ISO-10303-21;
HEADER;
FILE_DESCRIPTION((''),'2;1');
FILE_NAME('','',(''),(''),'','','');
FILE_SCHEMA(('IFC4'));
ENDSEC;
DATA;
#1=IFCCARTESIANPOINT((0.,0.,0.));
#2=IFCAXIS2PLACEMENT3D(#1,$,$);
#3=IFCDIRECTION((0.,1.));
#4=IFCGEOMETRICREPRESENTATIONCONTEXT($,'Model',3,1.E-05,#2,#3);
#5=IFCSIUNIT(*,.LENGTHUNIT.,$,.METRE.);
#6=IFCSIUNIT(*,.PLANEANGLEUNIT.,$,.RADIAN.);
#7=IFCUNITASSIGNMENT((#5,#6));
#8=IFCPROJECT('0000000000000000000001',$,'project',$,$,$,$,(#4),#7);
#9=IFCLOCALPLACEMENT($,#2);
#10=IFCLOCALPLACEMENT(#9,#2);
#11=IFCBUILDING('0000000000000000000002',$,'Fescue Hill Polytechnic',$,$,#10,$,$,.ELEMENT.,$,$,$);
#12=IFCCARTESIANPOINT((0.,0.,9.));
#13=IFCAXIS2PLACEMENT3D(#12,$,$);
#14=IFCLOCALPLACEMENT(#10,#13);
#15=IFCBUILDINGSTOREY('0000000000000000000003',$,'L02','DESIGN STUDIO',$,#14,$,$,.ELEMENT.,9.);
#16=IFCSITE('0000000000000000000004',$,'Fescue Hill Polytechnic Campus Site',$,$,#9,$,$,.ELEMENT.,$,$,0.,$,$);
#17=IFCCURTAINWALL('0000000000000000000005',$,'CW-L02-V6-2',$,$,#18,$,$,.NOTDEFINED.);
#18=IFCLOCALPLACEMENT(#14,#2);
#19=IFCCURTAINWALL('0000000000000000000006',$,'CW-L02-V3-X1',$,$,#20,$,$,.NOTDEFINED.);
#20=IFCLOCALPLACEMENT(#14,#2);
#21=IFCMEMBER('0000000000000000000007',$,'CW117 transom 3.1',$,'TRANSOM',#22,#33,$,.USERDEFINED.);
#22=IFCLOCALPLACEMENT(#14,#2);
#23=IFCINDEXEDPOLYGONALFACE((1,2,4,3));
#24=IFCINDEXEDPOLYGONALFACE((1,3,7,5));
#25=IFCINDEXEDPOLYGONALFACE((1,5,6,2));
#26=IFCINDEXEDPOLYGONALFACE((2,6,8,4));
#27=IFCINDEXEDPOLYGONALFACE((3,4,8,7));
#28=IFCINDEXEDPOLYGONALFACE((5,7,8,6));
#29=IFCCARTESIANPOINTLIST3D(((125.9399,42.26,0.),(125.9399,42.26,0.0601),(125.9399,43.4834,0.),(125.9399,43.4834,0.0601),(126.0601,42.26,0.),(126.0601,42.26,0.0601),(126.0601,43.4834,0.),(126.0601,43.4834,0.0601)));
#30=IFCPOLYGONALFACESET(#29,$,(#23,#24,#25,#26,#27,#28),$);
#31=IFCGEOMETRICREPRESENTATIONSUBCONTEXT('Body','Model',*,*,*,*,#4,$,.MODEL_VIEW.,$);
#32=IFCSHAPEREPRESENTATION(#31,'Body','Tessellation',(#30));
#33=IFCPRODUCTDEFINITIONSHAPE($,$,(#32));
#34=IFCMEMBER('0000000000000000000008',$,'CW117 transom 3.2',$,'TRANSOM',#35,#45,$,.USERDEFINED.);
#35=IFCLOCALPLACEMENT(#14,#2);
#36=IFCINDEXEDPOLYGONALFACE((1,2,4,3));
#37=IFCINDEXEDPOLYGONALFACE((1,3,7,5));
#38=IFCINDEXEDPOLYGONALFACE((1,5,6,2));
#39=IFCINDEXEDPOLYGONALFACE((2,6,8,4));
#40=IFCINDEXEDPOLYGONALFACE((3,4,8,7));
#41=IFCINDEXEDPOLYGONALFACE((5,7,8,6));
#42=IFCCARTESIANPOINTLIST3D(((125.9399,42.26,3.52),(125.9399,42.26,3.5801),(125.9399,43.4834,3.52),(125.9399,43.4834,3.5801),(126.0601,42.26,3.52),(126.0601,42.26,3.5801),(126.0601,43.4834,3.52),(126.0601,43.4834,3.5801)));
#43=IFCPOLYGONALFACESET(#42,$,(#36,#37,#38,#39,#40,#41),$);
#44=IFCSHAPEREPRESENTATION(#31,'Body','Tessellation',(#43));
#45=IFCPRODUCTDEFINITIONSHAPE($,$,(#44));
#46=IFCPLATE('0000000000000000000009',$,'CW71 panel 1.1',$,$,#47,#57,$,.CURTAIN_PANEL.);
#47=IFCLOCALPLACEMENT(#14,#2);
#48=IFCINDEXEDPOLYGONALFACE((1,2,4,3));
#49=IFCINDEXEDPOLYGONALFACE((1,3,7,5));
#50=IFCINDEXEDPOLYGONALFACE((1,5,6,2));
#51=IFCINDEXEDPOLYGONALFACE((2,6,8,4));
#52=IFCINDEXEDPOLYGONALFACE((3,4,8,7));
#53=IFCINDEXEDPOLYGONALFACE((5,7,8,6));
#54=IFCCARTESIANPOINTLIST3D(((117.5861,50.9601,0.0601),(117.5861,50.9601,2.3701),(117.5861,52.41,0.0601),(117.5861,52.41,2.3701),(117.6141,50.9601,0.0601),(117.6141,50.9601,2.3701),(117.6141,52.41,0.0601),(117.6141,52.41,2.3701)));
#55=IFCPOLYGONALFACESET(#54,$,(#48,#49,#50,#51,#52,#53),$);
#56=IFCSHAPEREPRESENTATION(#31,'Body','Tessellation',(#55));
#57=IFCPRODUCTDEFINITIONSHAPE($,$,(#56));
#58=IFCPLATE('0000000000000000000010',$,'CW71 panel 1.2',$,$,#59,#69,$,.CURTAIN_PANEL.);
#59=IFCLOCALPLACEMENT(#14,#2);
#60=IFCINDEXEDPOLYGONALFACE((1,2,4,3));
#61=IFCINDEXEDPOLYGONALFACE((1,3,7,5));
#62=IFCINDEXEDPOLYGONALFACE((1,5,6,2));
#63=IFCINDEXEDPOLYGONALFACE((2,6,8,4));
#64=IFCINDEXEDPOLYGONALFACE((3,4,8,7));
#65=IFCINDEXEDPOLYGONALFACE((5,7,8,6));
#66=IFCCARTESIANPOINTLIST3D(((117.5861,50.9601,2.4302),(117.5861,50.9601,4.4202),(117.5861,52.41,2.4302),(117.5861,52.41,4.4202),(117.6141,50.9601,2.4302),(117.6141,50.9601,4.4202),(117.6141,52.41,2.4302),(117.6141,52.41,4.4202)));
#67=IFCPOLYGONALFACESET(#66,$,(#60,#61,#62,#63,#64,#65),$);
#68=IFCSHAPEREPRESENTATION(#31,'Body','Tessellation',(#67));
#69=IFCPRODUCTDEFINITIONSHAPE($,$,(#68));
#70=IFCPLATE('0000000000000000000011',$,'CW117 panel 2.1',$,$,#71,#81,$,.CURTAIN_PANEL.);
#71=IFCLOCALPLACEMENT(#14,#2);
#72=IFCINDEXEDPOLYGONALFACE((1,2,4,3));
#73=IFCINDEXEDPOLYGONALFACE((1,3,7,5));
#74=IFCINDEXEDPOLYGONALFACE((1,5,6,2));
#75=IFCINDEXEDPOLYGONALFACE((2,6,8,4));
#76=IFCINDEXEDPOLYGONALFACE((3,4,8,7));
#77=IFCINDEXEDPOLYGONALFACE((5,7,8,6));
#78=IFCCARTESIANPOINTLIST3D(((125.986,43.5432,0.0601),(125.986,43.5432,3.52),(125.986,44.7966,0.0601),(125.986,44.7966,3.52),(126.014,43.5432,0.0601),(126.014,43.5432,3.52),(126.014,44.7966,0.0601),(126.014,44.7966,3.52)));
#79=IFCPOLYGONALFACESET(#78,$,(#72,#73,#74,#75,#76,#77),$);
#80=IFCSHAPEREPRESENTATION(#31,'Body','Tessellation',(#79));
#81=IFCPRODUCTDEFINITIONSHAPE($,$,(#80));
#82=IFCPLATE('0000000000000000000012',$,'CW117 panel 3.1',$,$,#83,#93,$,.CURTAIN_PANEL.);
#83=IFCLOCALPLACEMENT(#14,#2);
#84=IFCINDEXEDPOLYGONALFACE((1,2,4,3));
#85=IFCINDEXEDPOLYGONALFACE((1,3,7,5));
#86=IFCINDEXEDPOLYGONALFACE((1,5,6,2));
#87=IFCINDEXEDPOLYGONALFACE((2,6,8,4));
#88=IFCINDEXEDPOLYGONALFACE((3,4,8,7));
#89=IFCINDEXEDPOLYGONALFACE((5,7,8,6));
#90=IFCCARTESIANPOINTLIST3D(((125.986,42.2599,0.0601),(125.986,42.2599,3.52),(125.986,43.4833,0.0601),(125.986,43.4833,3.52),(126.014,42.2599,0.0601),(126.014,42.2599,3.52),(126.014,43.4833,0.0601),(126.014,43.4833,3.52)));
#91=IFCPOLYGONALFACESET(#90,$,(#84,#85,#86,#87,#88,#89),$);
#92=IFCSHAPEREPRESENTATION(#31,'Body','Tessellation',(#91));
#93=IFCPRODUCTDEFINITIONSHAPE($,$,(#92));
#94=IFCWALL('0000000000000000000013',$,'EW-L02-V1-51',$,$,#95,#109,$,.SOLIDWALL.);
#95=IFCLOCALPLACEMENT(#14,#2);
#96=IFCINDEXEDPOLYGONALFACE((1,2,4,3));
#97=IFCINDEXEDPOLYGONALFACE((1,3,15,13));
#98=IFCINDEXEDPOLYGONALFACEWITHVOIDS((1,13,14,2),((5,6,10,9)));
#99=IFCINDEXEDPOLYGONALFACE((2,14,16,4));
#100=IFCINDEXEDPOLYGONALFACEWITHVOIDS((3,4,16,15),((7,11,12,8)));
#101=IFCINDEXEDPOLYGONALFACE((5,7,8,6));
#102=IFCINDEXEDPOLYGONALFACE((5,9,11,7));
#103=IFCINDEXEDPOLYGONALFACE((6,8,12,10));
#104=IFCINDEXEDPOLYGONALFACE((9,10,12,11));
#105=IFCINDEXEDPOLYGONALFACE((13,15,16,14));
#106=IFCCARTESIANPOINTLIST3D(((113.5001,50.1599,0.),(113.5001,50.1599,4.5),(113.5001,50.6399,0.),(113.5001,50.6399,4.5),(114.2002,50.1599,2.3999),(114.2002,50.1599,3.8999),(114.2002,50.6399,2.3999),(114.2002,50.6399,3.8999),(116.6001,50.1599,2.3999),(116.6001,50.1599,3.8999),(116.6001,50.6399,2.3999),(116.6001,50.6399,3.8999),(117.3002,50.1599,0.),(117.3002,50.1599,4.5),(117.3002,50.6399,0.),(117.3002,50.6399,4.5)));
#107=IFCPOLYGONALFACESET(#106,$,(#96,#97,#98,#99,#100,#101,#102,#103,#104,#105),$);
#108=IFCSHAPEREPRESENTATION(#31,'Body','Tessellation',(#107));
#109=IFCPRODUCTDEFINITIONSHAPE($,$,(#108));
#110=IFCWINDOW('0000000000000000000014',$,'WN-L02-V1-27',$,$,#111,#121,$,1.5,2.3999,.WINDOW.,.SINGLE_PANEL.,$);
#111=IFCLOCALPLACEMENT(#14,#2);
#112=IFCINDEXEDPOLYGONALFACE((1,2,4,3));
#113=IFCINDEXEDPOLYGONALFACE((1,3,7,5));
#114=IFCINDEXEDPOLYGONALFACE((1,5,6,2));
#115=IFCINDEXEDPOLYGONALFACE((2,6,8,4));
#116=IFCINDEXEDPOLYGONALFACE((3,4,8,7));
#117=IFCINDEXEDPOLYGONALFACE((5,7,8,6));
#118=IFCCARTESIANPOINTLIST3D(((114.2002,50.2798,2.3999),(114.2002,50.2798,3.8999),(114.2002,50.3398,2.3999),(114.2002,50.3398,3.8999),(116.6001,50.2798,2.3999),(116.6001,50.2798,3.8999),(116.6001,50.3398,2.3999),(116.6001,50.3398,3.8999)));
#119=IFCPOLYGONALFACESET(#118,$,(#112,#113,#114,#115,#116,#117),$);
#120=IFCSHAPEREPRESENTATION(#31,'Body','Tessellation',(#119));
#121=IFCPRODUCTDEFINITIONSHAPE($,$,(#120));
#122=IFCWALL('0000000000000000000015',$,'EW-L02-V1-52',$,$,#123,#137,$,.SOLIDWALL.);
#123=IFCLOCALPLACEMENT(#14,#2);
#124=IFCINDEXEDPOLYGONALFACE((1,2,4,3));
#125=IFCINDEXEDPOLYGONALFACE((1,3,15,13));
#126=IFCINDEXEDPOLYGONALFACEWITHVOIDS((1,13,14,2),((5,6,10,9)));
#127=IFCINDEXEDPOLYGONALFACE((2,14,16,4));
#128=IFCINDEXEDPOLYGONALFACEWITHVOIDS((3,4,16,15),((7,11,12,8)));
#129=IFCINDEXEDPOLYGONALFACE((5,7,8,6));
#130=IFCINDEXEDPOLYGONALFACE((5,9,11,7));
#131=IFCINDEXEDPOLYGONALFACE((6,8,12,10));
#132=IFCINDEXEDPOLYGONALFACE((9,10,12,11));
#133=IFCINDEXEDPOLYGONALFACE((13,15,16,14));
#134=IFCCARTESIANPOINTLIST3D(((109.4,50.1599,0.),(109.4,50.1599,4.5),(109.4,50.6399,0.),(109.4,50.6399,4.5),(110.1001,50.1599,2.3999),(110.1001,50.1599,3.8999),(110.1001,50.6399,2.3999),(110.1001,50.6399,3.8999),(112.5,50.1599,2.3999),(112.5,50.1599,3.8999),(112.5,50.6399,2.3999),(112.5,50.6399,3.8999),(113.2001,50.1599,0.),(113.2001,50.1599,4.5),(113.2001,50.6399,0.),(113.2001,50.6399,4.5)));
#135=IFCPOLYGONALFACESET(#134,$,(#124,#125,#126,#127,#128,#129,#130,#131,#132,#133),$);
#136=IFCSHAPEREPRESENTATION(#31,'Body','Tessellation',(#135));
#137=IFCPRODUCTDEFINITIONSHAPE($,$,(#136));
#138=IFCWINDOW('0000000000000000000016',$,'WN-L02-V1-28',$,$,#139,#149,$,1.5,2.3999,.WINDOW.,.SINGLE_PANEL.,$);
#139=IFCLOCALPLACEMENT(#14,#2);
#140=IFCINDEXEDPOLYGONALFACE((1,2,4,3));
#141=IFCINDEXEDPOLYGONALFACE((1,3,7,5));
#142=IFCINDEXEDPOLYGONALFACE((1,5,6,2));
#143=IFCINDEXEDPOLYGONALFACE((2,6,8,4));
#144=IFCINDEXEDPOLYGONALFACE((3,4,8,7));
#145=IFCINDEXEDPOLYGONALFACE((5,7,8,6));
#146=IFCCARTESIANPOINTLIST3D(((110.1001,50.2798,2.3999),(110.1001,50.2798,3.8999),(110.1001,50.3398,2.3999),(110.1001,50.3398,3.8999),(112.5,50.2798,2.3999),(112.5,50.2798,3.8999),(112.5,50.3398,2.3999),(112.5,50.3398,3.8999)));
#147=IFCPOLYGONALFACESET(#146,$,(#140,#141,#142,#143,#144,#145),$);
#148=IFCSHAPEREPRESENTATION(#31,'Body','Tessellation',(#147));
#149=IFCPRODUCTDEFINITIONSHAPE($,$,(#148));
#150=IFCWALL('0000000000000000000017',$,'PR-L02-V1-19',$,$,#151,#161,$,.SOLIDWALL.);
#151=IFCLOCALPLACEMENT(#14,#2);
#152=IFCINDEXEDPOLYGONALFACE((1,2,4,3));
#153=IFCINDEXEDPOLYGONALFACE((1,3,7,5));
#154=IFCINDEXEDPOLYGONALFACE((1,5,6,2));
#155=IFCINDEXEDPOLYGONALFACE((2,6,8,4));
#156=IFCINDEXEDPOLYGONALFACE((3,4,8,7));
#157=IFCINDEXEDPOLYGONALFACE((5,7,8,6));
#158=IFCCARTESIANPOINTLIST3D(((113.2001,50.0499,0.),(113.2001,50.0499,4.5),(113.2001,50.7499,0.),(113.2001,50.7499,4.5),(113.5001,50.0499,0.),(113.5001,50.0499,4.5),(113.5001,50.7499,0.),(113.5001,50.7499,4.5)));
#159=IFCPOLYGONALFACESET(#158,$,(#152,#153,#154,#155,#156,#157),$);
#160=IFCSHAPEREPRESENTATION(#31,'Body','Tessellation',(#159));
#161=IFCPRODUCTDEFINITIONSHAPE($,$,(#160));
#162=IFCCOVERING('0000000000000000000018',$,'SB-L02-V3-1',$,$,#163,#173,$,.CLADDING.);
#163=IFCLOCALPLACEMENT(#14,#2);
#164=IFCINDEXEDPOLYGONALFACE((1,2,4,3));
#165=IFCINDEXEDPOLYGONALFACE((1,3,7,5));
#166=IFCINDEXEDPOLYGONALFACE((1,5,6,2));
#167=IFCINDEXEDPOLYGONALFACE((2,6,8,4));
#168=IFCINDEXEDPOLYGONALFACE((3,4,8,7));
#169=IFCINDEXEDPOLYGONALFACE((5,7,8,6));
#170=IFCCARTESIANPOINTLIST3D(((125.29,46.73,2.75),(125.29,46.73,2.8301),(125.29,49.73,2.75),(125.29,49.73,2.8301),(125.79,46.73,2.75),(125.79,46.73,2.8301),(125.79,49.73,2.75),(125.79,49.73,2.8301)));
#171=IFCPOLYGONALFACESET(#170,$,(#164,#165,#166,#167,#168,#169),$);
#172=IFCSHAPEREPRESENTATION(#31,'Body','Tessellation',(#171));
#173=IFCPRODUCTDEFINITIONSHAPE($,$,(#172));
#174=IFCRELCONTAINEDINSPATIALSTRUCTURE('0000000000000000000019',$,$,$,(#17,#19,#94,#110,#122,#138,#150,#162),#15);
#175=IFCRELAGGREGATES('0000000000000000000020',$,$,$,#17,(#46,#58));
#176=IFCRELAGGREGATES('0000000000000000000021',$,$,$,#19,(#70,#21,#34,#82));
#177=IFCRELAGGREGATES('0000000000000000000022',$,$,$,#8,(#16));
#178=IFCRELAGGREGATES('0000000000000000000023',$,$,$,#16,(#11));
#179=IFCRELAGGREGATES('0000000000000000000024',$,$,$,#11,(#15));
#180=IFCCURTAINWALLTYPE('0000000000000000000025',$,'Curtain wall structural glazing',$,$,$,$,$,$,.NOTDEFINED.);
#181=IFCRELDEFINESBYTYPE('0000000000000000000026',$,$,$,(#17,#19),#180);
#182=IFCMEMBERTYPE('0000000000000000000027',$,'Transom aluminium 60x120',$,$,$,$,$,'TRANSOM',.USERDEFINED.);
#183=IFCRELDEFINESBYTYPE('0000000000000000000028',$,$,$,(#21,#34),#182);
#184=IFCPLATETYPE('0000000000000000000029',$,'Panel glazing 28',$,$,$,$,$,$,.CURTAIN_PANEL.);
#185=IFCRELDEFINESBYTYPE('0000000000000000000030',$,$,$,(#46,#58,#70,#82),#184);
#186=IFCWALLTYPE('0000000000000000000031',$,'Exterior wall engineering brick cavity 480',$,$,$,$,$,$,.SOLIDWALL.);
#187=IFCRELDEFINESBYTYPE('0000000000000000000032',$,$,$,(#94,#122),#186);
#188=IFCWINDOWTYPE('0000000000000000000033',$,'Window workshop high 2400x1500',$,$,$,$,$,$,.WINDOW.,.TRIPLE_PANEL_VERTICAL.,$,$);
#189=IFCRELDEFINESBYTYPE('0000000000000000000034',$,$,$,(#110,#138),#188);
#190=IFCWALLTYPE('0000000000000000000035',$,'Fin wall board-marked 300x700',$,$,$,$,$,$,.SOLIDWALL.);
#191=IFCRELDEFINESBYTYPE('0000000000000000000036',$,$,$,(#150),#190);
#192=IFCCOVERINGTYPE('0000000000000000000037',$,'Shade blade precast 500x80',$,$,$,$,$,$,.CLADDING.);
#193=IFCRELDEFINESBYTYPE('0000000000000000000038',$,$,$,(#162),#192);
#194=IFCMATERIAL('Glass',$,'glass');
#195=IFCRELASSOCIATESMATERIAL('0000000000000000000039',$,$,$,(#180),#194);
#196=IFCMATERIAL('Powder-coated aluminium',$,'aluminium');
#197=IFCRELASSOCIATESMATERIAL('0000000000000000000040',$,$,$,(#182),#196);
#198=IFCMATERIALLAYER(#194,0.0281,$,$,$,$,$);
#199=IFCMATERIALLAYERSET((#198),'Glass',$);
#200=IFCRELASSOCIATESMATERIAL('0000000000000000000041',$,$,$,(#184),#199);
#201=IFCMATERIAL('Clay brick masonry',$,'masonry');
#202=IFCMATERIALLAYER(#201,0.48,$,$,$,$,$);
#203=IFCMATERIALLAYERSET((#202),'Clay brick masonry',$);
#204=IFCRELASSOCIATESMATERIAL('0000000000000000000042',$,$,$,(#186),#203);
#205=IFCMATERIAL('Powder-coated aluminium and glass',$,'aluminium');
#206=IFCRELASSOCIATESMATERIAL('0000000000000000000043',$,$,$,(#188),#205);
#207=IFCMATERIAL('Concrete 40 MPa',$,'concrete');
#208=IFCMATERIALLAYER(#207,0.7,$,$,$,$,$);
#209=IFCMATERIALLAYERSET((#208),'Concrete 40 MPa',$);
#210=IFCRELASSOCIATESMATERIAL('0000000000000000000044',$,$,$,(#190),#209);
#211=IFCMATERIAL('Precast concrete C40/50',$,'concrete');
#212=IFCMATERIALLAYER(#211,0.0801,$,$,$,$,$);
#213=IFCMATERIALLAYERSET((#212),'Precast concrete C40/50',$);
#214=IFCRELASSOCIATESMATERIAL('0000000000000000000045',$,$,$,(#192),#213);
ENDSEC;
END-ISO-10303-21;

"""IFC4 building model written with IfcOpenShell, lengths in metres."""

from ifc_helpers import new_model, si_unit, direction, frame, frame_2d, origin, origin_2d, place, context, subcontext, project, spatial, rectangle, extrude, material, layer, layer_set, material_profile, profile_set, type_object, element, fill, aggregate, save


model = new_model("IFC4")

# Units and contexts
model_context = context("Model", 3, precision=1e-05, world=origin(), true_north=direction((0.0, 1.0)))
body_context = subcontext(model_context, "Body", "Model", "MODEL_VIEW")
ifc_project = project(units=[si_unit("LENGTHUNIT", "METRE"), si_unit("PLANEANGLEUNIT", "RADIAN")], contexts=[model_context])

# Site, building, storey
site_placement = place(None, origin())
site = spatial("IfcSite", under=ifc_project, at=site_placement, Name="Fescue Hill Polytechnic Campus Site", CompositionType="ELEMENT", RefElevation=0.0)
building_placement = place(site_placement, origin())
building = spatial("IfcBuilding", under=site, at=building_placement, Name="Fescue Hill Polytechnic", CompositionType="ELEMENT")
storey_placement = place(building_placement, frame((0.0, 0.0, 9.0)))
storey = spatial("IfcBuildingStorey", under=building, at=storey_placement, Name="L02", Description="DESIGN STUDIO", CompositionType="ELEMENT", Elevation=9.0)

# Shared definitions
ifc_material_1 = material(Name="Concrete 40 MPa", Category="concrete")

# Curtain wall
ifc_material_2 = material(Name="Glass", Category="glass")
curtain_wall_type = type_object("IfcCurtainWallType", Name="Curtain wall structural glazing", PredefinedType="NOTDEFINED", material=ifc_material_2)
curtain_wall_1_placement = place(storey_placement, origin())
curtain_wall_1 = element("IfcCurtainWall", 1, at=curtain_wall_1_placement, inside=storey, type_object=curtain_wall_type, Name="CW-L02-V6-2", PredefinedType="NOTDEFINED")
ifc_material_3 = material(Name="Powder-coated aluminium", Category="aluminium")

# Curtain wall
curtain_wall_2_placement = place(storey_placement, origin())
curtain_wall_2 = element("IfcCurtainWall", 2, at=curtain_wall_2_placement, inside=storey, type_object=curtain_wall_type, Name="CW-L02-V3-X1", PredefinedType="NOTDEFINED")

# Members
ifc_material_profile_1 = material_profile(ifc_material_3, rectangle(XDim=0.1201, YDim=0.0601, at=origin_2d()), Name="Transom aluminium 60x120")
ifc_profile_set_1 = profile_set([ifc_material_profile_1], Name="Powder-coated aluminium")
member_type_1 = type_object("IfcMemberType", Name="Transom aluminium 60x120", ElementType="TRANSOM", PredefinedType="USERDEFINED", material=ifc_profile_set_1)
member_1_placement = place(storey_placement, frame((126.0, 43.4834, 0.03), z_axis=(0.0, -1.0, 0.0), x_axis=(1.0, 0.0, 0.0)))
member_1 = element("IfcMember", 3, at=member_1_placement, type_object=member_type_1, Name="CW117 transom 3.1", ObjectType="TRANSOM", PredefinedType="USERDEFINED", context=body_context, shape_type="SweptSolid", body=[
    extrude(rectangle(XDim=0.1201, YDim=0.0601, at=origin_2d()), origin(), (0.0, 0.0, 1.0), 1.2234),
])
member_2_placement = place(storey_placement, frame((126.0, 43.4834, 3.55), z_axis=(0.0, -1.0, 0.0), x_axis=(1.0, 0.0, 0.0)))
member_2 = element("IfcMember", 4, at=member_2_placement, type_object=member_type_1, Name="CW117 transom 3.2", ObjectType="TRANSOM", PredefinedType="USERDEFINED", context=body_context, shape_type="SweptSolid", body=[
    extrude(rectangle(XDim=0.1201, YDim=0.0601, at=origin_2d()), origin(), (0.0, 0.0, 1.0), 1.2234),
])

# Plates
ifc_layer_1 = layer(ifc_material_2, 0.0281)
ifc_layer_set_1 = layer_set([ifc_layer_1], Name="Glass")
plate_type = type_object("IfcPlateType", Name="Panel glazing 28", PredefinedType="CURTAIN_PANEL", material=ifc_layer_set_1)
plate_1_placement = place(storey_placement, frame((117.6001, 51.6851, 0.0601), z_axis=(0.0, 0.0, 1.0), x_axis=(0.0, 1.0, 0.0)))
plate_1 = element("IfcPlate", 5, at=plate_1_placement, type_object=plate_type, Name="CW71 panel 1.1", PredefinedType="CURTAIN_PANEL", context=body_context, shape_type="SweptSolid", body=[
    extrude(rectangle(XDim=1.45, YDim=0.0281, at=origin_2d()), origin(), (0.0, 0.0, 1.0), 2.3101),
])
plate_2_placement = place(storey_placement, frame((117.6001, 51.6851, 2.4302), z_axis=(0.0, 0.0, 1.0), x_axis=(0.0, 1.0, 0.0)))
plate_2 = element("IfcPlate", 6, at=plate_2_placement, type_object=plate_type, Name="CW71 panel 1.2", PredefinedType="CURTAIN_PANEL", context=body_context, shape_type="SweptSolid", body=[
    extrude(rectangle(XDim=1.45, YDim=0.0281, at=origin_2d()), origin(), (0.0, 0.0, 1.0), 1.99),
])
aggregate(curtain_wall_1, [plate_1, plate_2])
plate_3_placement = place(storey_placement, frame((126.0, 44.1699, 0.0601), z_axis=(0.0, 0.0, 1.0), x_axis=(0.0, -1.0, 0.0)))
plate_3 = element("IfcPlate", 7, at=plate_3_placement, type_object=plate_type, Name="CW117 panel 2.1", PredefinedType="CURTAIN_PANEL", context=body_context, shape_type="SweptSolid", body=[
    extrude(rectangle(XDim=1.2534, YDim=0.0281, at=origin_2d()), origin(), (0.0, 0.0, 1.0), 3.46),
])
plate_4_placement = place(storey_placement, frame((126.0, 42.8716, 0.0601), z_axis=(0.0, 0.0, 1.0), x_axis=(0.0, -1.0, 0.0)))
plate_4 = element("IfcPlate", 8, at=plate_4_placement, type_object=plate_type, Name="CW117 panel 3.1", PredefinedType="CURTAIN_PANEL", context=body_context, shape_type="SweptSolid", body=[
    extrude(rectangle(XDim=1.2234, YDim=0.0281, at=origin_2d()), origin(), (0.0, 0.0, 1.0), 3.46),
])
aggregate(curtain_wall_2, [plate_3, member_1, member_2, plate_4])

# Walls, openings, windows
ifc_material_4 = material(Name="Clay brick masonry", Category="masonry")
ifc_layer_2 = layer(ifc_material_4, 0.48)
ifc_layer_set_2 = layer_set([ifc_layer_2], Name="Clay brick masonry")
wall_type_1 = type_object("IfcWallType", Name="Exterior wall engineering brick cavity 480", PredefinedType="SOLIDWALL", material=ifc_layer_set_2)
wall_1_placement = place(storey_placement, frame((117.3, 50.3999, 0.0), z_axis=(0.0, 0.0, 1.0), x_axis=(-1.0, 0.0, 0.0)))
wall_1 = element("IfcWall", 9, at=wall_1_placement, inside=storey, type_object=wall_type_1, Name="EW-L02-V1-51", PredefinedType="SOLIDWALL", context=body_context, shape_type="SweptSolid", body=[
    extrude(rectangle(XDim=3.8, YDim=0.48, at=frame_2d((1.8999, 0.0))), origin(), (0.0, 0.0, 1.0), 4.5),
])
opening_1_placement = place(wall_1_placement, frame((0.7, 0.0, 2.3999)))
opening_1 = element("IfcOpeningElement", 10, at=opening_1_placement, cuts=wall_1, PredefinedType="OPENING", context=body_context, shape_type="SweptSolid", body=[
    extrude(rectangle(XDim=2.3999, YDim=1.5, at=frame_2d((1.2, 0.75))), frame((0.0, 0.25, 0.0), z_axis=(0.0, -1.0, 0.0), x_axis=(1.0, 0.0, 0.0)), (0.0, 0.0, 1.0), 0.5),
])
ifc_material_5 = material(Name="Powder-coated aluminium and glass", Category="aluminium")
window_type = type_object("IfcWindowType", Name="Window workshop high 2400x1500", PartitioningType="TRIPLE_PANEL_VERTICAL", PredefinedType="WINDOW", material=ifc_material_5)
window_1_placement = place(opening_1_placement, origin())
window_1 = element("IfcWindow", 11, at=window_1_placement, inside=storey, type_object=window_type, Name="WN-L02-V1-27", OverallHeight=1.5, OverallWidth=2.3999, PartitioningType="SINGLE_PANEL", PredefinedType="WINDOW", context=body_context, shape_type="SweptSolid", body=[
    extrude(rectangle(XDim=2.3999, YDim=1.5, at=frame_2d((1.2, 0.75))), frame((0.0, 0.1201, 0.0), z_axis=(0.0, -1.0, 0.0), x_axis=(1.0, 0.0, 0.0)), (0.0, 0.0, 1.0), 0.0601),
])
fill(opening_1, window_1)
wall_2_placement = place(storey_placement, frame((113.2, 50.3999, 0.0), z_axis=(0.0, 0.0, 1.0), x_axis=(-1.0, 0.0, 0.0)))
wall_2 = element("IfcWall", 12, at=wall_2_placement, inside=storey, type_object=wall_type_1, Name="EW-L02-V1-52", PredefinedType="SOLIDWALL", context=body_context, shape_type="SweptSolid", body=[
    extrude(rectangle(XDim=3.8, YDim=0.48, at=frame_2d((1.8999, 0.0))), origin(), (0.0, 0.0, 1.0), 4.5),
])
opening_2_placement = place(wall_2_placement, frame((0.7, 0.0, 2.3999)))
opening_2 = element("IfcOpeningElement", 13, at=opening_2_placement, cuts=wall_2, PredefinedType="OPENING", context=body_context, shape_type="SweptSolid", body=[
    extrude(rectangle(XDim=2.3999, YDim=1.5, at=frame_2d((1.2, 0.75))), frame((0.0, 0.25, 0.0), z_axis=(0.0, -1.0, 0.0), x_axis=(1.0, 0.0, 0.0)), (0.0, 0.0, 1.0), 0.5),
])
window_2_placement = place(opening_2_placement, origin())
window_2 = element("IfcWindow", 14, at=window_2_placement, inside=storey, type_object=window_type, Name="WN-L02-V1-28", OverallHeight=1.5, OverallWidth=2.3999, PartitioningType="SINGLE_PANEL", PredefinedType="WINDOW", context=body_context, shape_type="SweptSolid", body=[
    extrude(rectangle(XDim=2.3999, YDim=1.5, at=frame_2d((1.2, 0.75))), frame((0.0, 0.1201, 0.0), z_axis=(0.0, -1.0, 0.0), x_axis=(1.0, 0.0, 0.0)), (0.0, 0.0, 1.0), 0.0601),
])
fill(opening_2, window_2)

# Wall
ifc_layer_3 = layer(ifc_material_1, 0.7)
ifc_layer_set_3 = layer_set([ifc_layer_3], Name="Concrete 40 MPa")
wall_type_2 = type_object("IfcWallType", Name="Fin wall board-marked 300x700", PredefinedType="SOLIDWALL", material=ifc_layer_set_3)
wall_3_placement = place(storey_placement, frame((113.5, 50.3999, 0.0), z_axis=(0.0, 0.0, 1.0), x_axis=(-1.0, 0.0, 0.0)))
element("IfcWall", 15, at=wall_3_placement, inside=storey, type_object=wall_type_2, Name="PR-L02-V1-19", PredefinedType="SOLIDWALL", context=body_context, shape_type="SweptSolid", body=[
    extrude(rectangle(XDim=0.3, YDim=0.7, at=frame_2d((0.1499, 0.0))), origin(), (0.0, 0.0, 1.0), 4.5),
])

# Covering
ifc_material_6 = material(Name="Precast concrete C40/50", Category="concrete")
ifc_layer_4 = layer(ifc_material_6, 0.0801)
ifc_layer_set_4 = layer_set([ifc_layer_4], Name="Precast concrete C40/50")
covering_type = type_object("IfcCoveringType", Name="Shade blade precast 500x80", PredefinedType="CLADDING", material=ifc_layer_set_4)
covering_placement = place(storey_placement, frame((125.54, 48.23, 2.75), z_axis=(0.0, 0.0, 1.0), x_axis=(0.0, -1.0, 0.0)))
element("IfcCovering", 16, at=covering_placement, inside=storey, type_object=covering_type, Name="SB-L02-V3-1", PredefinedType="CLADDING", context=body_context, shape_type="SweptSolid", body=[
    extrude(rectangle(XDim=3.0, YDim=0.5, at=origin_2d()), origin(), (0.0, 0.0, 1.0), 0.0801),
])

save(model, "model.ifc")
